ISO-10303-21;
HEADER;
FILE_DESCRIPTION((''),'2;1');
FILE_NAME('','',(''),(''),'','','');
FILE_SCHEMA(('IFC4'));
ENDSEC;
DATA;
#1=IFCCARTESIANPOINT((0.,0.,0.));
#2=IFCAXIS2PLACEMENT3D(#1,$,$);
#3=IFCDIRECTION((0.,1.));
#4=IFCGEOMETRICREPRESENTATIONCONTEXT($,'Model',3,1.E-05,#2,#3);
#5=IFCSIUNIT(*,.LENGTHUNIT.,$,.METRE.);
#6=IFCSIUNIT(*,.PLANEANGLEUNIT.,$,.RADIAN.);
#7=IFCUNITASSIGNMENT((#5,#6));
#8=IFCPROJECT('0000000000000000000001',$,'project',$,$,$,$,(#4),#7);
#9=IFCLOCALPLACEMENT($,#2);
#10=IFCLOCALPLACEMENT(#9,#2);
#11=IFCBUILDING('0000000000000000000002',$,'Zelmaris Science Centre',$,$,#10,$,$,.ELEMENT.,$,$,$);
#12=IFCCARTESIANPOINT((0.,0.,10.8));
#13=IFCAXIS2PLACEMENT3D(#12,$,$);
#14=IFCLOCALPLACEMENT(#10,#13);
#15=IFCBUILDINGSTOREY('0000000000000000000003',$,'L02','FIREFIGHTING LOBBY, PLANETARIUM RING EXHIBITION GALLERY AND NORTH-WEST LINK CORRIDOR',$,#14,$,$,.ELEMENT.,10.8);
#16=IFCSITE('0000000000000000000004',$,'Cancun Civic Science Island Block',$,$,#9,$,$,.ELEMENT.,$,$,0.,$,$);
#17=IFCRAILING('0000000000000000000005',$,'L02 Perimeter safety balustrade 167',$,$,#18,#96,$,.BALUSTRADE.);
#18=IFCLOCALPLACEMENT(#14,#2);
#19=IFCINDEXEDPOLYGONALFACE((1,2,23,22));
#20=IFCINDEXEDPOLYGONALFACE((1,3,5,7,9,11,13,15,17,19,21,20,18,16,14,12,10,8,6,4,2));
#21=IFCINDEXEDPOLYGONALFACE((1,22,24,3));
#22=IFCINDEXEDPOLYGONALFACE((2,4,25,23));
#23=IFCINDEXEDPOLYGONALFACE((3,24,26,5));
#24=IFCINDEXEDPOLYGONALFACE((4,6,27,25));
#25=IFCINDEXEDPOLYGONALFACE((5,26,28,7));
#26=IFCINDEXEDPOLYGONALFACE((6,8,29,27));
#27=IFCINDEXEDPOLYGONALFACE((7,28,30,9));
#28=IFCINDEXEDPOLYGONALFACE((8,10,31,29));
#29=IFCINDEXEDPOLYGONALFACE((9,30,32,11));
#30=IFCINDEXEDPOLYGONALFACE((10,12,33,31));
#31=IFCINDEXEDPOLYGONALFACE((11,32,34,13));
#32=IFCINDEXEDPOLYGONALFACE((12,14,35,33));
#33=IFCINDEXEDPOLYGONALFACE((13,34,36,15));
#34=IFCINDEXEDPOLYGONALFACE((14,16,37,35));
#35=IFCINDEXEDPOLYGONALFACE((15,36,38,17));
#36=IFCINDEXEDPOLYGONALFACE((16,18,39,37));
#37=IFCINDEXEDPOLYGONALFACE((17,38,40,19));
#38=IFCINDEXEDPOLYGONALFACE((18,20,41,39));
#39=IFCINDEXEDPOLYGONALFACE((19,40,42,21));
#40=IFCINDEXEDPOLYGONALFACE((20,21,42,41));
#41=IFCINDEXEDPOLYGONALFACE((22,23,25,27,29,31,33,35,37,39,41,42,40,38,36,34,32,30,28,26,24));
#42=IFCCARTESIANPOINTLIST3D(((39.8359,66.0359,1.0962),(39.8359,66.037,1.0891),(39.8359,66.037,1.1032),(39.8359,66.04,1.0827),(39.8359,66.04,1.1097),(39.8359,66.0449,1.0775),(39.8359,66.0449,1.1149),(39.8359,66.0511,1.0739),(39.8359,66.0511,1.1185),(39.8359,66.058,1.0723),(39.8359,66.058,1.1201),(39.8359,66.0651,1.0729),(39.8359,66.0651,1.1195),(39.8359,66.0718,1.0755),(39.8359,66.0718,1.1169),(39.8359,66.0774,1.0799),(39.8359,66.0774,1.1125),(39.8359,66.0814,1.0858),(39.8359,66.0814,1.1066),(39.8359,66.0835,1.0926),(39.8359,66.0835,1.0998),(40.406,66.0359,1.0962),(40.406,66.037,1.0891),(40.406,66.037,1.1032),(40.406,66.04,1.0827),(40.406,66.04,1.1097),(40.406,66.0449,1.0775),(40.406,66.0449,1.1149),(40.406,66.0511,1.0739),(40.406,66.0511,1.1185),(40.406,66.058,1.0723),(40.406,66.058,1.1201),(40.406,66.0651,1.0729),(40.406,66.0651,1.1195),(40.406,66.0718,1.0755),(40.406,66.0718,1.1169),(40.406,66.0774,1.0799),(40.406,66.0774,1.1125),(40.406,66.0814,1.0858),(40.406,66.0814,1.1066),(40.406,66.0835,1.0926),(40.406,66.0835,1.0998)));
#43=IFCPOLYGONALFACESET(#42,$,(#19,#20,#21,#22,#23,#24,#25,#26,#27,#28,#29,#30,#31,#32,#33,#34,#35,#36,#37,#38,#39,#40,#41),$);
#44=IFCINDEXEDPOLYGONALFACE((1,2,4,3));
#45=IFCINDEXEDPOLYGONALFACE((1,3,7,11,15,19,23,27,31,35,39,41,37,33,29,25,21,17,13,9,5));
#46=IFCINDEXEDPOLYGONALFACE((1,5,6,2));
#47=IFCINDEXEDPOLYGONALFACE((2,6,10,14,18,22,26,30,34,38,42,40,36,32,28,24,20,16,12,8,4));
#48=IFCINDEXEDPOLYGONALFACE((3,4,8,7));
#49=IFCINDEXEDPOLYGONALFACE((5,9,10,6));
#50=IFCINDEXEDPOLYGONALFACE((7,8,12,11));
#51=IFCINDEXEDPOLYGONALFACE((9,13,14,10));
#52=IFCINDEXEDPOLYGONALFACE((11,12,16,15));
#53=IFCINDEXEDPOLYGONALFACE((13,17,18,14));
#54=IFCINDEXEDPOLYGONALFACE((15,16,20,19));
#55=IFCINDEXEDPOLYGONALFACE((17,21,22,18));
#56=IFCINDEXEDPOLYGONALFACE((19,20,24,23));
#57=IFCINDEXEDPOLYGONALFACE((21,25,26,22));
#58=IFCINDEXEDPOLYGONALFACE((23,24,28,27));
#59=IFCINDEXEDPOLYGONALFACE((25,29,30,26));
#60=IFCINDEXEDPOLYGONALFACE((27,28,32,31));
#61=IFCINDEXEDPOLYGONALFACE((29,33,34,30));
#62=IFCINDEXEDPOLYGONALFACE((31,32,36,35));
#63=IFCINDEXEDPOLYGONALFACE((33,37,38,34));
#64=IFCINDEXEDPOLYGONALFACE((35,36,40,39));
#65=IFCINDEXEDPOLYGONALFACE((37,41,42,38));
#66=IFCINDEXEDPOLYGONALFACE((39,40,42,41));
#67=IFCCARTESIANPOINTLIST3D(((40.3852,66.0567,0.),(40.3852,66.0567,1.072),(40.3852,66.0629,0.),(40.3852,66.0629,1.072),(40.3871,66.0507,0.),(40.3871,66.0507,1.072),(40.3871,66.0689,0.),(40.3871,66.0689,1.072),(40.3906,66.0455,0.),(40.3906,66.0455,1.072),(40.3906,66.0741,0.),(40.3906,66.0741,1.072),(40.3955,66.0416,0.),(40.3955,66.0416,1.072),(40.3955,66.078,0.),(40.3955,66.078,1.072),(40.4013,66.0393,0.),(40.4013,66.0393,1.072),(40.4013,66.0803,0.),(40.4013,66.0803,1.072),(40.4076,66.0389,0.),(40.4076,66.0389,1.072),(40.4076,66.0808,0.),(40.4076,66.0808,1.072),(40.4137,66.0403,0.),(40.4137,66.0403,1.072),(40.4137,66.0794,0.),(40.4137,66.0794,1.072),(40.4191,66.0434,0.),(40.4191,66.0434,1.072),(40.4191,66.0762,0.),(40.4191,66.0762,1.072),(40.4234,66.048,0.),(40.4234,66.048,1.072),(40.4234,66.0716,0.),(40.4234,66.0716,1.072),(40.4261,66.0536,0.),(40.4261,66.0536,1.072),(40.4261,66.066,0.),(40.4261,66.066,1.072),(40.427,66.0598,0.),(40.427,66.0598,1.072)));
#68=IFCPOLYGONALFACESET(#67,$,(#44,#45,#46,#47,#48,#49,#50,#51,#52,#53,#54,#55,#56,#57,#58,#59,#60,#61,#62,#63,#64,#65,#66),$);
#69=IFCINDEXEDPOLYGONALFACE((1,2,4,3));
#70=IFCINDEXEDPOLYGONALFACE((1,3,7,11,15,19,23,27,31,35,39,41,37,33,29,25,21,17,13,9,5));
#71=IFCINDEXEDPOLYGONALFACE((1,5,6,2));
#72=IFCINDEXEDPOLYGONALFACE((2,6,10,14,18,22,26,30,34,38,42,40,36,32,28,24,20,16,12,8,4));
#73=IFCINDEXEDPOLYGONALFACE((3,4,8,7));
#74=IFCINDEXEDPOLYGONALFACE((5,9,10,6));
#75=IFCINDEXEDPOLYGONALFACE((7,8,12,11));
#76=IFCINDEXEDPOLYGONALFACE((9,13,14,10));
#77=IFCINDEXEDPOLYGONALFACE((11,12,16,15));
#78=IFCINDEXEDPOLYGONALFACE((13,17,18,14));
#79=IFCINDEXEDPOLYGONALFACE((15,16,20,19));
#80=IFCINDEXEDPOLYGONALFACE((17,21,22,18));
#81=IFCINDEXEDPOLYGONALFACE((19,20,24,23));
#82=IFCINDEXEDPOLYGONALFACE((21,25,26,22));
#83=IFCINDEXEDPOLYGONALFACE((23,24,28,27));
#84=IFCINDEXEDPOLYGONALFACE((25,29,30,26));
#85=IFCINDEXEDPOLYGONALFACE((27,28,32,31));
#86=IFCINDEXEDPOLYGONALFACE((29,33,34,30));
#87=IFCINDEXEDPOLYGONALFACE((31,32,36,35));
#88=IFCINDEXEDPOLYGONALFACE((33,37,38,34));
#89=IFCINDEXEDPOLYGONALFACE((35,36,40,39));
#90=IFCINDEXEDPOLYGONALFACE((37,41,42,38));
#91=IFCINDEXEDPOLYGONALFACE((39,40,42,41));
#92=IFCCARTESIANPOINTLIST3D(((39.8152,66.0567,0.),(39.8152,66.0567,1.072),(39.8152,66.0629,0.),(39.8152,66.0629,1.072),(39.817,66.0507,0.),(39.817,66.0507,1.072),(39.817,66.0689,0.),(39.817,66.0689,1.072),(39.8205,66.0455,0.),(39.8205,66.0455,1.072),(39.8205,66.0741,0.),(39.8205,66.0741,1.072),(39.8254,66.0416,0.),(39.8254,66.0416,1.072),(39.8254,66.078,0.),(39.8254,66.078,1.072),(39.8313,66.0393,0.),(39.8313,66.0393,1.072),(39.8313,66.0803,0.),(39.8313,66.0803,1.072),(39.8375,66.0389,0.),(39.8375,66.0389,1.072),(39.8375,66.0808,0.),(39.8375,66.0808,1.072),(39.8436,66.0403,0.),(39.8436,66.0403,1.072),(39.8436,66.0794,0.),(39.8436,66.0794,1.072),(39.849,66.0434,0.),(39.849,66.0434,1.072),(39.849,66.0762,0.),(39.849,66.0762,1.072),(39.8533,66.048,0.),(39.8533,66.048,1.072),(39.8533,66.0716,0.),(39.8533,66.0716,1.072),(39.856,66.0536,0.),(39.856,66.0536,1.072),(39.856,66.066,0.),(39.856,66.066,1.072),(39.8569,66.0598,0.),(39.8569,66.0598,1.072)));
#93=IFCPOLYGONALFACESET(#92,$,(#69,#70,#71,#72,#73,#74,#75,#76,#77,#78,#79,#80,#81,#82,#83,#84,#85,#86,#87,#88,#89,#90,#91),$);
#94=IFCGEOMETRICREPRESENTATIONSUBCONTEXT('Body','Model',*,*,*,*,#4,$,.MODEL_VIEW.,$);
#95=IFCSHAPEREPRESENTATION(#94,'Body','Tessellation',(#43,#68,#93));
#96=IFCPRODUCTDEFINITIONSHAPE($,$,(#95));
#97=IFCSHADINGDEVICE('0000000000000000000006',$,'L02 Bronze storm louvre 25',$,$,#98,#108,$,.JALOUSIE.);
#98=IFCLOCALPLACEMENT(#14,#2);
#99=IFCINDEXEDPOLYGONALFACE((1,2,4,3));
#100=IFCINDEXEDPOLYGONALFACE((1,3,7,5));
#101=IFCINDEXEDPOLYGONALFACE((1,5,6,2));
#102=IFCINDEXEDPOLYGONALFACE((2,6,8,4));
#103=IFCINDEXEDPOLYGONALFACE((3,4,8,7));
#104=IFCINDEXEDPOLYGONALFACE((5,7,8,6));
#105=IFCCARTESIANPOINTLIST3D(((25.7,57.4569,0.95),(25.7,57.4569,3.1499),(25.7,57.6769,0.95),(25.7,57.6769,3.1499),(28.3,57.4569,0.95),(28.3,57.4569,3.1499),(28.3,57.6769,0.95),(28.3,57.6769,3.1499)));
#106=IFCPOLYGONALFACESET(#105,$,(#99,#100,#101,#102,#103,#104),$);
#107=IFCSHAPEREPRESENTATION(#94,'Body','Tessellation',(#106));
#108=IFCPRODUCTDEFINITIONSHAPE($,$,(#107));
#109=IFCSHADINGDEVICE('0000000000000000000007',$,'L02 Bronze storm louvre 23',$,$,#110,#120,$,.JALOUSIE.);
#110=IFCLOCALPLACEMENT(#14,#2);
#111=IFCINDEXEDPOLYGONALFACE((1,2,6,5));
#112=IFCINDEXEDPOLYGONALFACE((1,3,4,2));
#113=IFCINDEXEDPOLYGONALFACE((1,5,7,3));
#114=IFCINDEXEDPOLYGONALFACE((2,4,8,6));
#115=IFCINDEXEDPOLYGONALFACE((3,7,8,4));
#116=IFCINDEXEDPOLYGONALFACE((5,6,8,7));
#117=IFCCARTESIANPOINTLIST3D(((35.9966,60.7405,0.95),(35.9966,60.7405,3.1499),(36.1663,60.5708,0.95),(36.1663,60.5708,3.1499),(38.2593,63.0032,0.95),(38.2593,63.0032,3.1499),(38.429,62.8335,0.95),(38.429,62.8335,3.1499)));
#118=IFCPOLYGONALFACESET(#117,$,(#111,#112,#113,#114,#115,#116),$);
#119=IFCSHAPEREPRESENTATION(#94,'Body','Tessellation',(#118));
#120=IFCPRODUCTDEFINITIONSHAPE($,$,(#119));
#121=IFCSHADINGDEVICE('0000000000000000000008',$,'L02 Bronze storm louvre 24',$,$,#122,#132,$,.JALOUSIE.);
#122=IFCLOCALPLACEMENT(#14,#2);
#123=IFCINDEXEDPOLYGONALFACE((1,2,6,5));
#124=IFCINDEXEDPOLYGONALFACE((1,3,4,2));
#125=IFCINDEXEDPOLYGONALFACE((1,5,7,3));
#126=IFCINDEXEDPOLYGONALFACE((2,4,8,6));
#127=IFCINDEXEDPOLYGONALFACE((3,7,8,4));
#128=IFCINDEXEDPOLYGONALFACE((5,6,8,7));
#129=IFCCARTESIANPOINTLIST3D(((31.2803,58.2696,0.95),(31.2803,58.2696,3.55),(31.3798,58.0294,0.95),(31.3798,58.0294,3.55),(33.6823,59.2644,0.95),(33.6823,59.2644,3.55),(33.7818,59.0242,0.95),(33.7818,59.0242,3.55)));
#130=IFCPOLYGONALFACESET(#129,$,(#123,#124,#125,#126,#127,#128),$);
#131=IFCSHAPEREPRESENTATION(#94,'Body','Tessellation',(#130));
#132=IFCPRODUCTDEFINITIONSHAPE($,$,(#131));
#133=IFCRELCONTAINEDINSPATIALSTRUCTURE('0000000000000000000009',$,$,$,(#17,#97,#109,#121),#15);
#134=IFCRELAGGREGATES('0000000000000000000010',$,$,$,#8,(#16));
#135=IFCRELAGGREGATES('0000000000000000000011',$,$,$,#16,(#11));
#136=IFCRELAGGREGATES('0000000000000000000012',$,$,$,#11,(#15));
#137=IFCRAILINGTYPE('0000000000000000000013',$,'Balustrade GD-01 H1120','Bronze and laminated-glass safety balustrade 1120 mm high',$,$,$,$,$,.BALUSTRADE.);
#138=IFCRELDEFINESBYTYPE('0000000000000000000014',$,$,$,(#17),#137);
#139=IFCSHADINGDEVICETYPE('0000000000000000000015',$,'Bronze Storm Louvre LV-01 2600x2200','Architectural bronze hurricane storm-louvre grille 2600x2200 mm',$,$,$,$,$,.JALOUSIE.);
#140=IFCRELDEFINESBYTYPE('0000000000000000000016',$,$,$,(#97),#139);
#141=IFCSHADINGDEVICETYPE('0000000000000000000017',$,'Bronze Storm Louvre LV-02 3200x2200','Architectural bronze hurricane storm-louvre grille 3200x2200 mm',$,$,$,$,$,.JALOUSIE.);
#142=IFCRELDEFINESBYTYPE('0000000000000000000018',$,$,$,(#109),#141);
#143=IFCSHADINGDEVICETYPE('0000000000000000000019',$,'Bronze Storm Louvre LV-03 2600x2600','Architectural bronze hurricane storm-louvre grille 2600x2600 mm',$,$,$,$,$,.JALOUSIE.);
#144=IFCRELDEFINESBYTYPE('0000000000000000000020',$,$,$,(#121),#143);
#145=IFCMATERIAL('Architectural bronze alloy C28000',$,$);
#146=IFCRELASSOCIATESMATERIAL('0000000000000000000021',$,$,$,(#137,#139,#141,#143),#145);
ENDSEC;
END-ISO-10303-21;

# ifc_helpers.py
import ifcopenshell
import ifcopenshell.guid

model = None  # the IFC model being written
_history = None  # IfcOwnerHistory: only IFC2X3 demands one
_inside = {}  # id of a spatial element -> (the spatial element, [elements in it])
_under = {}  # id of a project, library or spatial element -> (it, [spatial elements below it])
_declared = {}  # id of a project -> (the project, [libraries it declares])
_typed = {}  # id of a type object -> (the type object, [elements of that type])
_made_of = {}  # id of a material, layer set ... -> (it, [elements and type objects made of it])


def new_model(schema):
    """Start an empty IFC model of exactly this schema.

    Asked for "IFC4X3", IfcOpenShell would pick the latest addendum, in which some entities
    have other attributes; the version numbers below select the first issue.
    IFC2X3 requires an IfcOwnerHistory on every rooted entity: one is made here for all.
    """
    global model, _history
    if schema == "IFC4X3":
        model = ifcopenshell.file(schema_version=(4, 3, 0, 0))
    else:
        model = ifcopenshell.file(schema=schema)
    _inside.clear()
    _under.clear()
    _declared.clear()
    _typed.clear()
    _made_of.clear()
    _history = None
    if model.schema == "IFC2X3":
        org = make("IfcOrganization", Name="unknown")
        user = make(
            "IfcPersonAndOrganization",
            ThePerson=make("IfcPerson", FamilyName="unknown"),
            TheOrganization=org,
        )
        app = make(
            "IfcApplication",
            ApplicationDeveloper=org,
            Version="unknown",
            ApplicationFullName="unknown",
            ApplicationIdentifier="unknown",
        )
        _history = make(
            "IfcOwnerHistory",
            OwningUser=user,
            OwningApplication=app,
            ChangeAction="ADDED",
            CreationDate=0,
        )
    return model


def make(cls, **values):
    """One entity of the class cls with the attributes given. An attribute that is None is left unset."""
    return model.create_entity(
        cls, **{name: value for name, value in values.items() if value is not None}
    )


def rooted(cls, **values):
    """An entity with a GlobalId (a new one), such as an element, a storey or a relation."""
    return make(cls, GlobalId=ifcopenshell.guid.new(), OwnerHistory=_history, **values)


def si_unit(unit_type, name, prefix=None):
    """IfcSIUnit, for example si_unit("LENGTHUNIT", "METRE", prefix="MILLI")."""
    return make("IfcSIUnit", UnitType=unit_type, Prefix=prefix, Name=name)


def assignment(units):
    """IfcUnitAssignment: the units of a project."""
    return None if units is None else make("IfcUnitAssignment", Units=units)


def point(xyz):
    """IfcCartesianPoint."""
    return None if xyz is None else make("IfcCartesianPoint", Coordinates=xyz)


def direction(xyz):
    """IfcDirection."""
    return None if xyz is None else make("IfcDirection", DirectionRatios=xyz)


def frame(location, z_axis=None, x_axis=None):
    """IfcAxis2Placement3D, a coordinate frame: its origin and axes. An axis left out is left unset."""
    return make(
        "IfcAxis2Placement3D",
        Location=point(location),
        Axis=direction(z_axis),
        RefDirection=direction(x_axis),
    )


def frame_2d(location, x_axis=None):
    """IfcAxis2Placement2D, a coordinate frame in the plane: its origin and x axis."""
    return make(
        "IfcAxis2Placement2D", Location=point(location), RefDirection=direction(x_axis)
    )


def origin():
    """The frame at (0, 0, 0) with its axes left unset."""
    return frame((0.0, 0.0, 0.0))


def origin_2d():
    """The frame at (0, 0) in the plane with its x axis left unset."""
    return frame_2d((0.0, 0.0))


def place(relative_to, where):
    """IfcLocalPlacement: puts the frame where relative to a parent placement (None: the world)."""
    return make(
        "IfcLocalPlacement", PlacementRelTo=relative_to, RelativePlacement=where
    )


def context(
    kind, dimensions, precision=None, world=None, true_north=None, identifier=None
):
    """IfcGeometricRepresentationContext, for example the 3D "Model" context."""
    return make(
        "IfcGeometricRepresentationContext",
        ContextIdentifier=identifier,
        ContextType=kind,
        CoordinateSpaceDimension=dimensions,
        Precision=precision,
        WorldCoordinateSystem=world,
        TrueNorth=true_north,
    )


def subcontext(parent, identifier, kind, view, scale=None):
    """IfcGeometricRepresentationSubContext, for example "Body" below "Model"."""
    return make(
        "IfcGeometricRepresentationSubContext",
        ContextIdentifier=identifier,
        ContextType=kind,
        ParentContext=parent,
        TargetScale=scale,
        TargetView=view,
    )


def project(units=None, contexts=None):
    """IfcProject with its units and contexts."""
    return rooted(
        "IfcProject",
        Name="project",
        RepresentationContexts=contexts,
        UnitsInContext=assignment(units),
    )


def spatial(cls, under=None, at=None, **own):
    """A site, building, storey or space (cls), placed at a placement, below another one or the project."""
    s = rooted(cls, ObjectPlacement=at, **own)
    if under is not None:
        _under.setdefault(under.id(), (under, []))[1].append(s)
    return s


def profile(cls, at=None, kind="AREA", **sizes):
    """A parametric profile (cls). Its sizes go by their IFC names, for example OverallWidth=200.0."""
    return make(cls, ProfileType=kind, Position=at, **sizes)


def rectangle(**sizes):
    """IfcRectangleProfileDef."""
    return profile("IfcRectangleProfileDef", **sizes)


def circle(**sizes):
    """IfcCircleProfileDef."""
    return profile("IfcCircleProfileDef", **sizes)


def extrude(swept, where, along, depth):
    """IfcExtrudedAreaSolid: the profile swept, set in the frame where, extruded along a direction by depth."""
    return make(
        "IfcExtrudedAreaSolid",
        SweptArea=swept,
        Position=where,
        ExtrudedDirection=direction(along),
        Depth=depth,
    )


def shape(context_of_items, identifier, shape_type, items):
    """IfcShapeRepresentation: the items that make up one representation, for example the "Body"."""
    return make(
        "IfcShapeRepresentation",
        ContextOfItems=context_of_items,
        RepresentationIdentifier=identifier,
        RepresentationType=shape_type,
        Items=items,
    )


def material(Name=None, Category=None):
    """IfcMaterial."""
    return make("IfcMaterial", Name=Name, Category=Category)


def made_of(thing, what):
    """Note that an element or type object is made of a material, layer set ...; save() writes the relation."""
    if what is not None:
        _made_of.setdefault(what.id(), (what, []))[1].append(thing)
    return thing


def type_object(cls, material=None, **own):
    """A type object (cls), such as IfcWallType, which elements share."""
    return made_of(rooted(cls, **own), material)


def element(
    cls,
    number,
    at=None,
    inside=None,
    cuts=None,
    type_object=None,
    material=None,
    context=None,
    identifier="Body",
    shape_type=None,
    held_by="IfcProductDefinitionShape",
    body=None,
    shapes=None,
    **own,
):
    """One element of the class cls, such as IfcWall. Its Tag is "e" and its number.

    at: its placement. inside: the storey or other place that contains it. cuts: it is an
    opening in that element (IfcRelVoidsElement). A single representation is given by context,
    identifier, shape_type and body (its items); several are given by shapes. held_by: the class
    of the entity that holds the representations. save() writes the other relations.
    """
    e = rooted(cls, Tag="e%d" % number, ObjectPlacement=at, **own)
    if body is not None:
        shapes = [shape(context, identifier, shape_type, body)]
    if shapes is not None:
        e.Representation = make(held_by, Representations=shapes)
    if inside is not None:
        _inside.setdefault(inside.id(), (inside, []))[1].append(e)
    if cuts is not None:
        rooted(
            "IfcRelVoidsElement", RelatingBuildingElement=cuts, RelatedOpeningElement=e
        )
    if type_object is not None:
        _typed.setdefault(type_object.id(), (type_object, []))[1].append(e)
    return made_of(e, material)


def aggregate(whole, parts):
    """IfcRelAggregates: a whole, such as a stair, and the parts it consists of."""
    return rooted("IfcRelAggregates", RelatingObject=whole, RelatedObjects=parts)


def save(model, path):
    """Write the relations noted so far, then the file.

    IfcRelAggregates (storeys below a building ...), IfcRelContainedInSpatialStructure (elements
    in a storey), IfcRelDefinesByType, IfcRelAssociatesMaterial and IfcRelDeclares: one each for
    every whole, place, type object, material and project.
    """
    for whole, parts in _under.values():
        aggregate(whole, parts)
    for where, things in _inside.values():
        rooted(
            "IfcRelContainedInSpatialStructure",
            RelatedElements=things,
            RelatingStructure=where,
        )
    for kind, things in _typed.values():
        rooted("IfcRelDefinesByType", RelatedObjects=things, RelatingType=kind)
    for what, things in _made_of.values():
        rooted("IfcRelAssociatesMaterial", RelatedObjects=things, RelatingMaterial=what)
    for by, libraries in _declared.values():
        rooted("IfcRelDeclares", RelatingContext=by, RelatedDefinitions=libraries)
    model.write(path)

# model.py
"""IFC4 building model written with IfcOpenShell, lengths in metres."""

from ifc_helpers import new_model, si_unit, direction, frame, frame_2d, origin, origin_2d, place, context, subcontext, project, spatial, rectangle, circle, extrude, material, type_object, element, save


model = new_model("IFC4")

# Units and contexts
model_context = context("Model", 3, precision=1e-05, world=origin(), true_north=direction((0.0, 1.0)))
body_context = subcontext(model_context, "Body", "Model", "MODEL_VIEW")
ifc_project = project(units=[si_unit("LENGTHUNIT", "METRE"), si_unit("PLANEANGLEUNIT", "RADIAN")], contexts=[model_context])

# Site, building, storey
site_placement = place(None, origin())
site = spatial("IfcSite", under=ifc_project, at=site_placement, Name="Cancun Civic Science Island Block", CompositionType="ELEMENT", RefElevation=0.0)
building_placement = place(site_placement, origin())
building = spatial("IfcBuilding", under=site, at=building_placement, Name="Zelmaris Science Centre", CompositionType="ELEMENT")
storey_placement = place(building_placement, frame((0.0, 0.0, 10.8)))
storey = spatial("IfcBuildingStorey", under=building, at=storey_placement, Name="L02", Description="FIREFIGHTING LOBBY, PLANETARIUM RING EXHIBITION GALLERY AND NORTH-WEST LINK CORRIDOR", CompositionType="ELEMENT", Elevation=10.8)

# Railing
ifc_material_1 = material(Name="Architectural bronze alloy C28000")
railing_type = type_object("IfcRailingType", Name="Balustrade GD-01 H1120", Description="Bronze and laminated-glass safety balustrade 1120 mm high", PredefinedType="BALUSTRADE", material=ifc_material_1)
railing_1_placement = place(storey_placement, frame((40.406, 66.0598, 0.0)))
element("IfcRailing", 1, at=railing_1_placement, inside=storey, type_object=railing_type, Name="L02 Perimeter safety balustrade 167", PredefinedType="BALUSTRADE", context=body_context, shape_type="SweptSolid", body=[
    extrude(circle(Radius=0.0239, at=origin_2d()), frame((0.0, 0.0, 1.0962), z_axis=(-1.0, 0.0, 0.0), x_axis=(0.0, -1.0, 0.0)), (0.0, 0.0, 1.0), 0.5701),
    extrude(circle(Radius=0.021, at=origin_2d()), origin(), (0.0, 0.0, 1.0), 1.072),
    extrude(circle(Radius=0.021, at=origin_2d()), frame((-0.5701, 0.0, 0.0)), (0.0, 0.0, 1.0), 1.072),
])

# Shading devices
shading_device_type_1 = type_object("IfcShadingDeviceType", Name="Bronze Storm Louvre LV-01 2600x2200", Description="Architectural bronze hurricane storm-louvre grille 2600x2200 mm", PredefinedType="JALOUSIE", material=ifc_material_1)
shading_device_1_placement = place(storey_placement, frame((28.3, 57.5669, 0.95), z_axis=(0.0, 0.0, 1.0), x_axis=(-1.0, 0.0, 0.0)))
element("IfcShadingDevice", 2, at=shading_device_1_placement, inside=storey, type_object=shading_device_type_1, Name="L02 Bronze storm louvre 25", PredefinedType="JALOUSIE", context=body_context, shape_type="SweptSolid", body=[
    extrude(rectangle(XDim=2.6001, YDim=0.22, at=frame_2d((1.3, 0.0))), origin(), (0.0, 0.0, 1.0), 2.2),
])
shading_device_type_2 = type_object("IfcShadingDeviceType", Name="Bronze Storm Louvre LV-02 3200x2200", Description="Architectural bronze hurricane storm-louvre grille 3200x2200 mm", PredefinedType="JALOUSIE", material=ifc_material_1)
shading_device_2_placement = place(storey_placement, frame((38.3442, 62.9185, 0.95), z_axis=(0.0, 0.0, 1.0), x_axis=(-0.707107, -0.707107, 0.0)))
element("IfcShadingDevice", 3, at=shading_device_2_placement, inside=storey, type_object=shading_device_type_2, Name="L02 Bronze storm louvre 23", PredefinedType="JALOUSIE", context=body_context, shape_type="SweptSolid", body=[
    extrude(rectangle(XDim=3.2, YDim=0.24, at=frame_2d((1.6001, 0.0))), origin(), (0.0, 0.0, 1.0), 2.2),
])
shading_device_type_3 = type_object("IfcShadingDeviceType", Name="Bronze Storm Louvre LV-03 2600x2600", Description="Architectural bronze hurricane storm-louvre grille 2600x2600 mm", PredefinedType="JALOUSIE", material=ifc_material_1)
shading_device_3_placement = place(storey_placement, frame((33.7319, 59.1443, 0.95), z_axis=(0.0, 0.0, 1.0), x_axis=(-0.923894, -0.382648, 0.0)))
element("IfcShadingDevice", 4, at=shading_device_3_placement, inside=storey, type_object=shading_device_type_3, Name="L02 Bronze storm louvre 24", PredefinedType="JALOUSIE", context=body_context, shape_type="SweptSolid", body=[
    extrude(rectangle(XDim=2.5999, YDim=0.26, at=frame_2d((1.2998, 0.0))), origin(), (0.0, 0.0, 1.0), 2.6001),
])

save(model, "model.ifc")
